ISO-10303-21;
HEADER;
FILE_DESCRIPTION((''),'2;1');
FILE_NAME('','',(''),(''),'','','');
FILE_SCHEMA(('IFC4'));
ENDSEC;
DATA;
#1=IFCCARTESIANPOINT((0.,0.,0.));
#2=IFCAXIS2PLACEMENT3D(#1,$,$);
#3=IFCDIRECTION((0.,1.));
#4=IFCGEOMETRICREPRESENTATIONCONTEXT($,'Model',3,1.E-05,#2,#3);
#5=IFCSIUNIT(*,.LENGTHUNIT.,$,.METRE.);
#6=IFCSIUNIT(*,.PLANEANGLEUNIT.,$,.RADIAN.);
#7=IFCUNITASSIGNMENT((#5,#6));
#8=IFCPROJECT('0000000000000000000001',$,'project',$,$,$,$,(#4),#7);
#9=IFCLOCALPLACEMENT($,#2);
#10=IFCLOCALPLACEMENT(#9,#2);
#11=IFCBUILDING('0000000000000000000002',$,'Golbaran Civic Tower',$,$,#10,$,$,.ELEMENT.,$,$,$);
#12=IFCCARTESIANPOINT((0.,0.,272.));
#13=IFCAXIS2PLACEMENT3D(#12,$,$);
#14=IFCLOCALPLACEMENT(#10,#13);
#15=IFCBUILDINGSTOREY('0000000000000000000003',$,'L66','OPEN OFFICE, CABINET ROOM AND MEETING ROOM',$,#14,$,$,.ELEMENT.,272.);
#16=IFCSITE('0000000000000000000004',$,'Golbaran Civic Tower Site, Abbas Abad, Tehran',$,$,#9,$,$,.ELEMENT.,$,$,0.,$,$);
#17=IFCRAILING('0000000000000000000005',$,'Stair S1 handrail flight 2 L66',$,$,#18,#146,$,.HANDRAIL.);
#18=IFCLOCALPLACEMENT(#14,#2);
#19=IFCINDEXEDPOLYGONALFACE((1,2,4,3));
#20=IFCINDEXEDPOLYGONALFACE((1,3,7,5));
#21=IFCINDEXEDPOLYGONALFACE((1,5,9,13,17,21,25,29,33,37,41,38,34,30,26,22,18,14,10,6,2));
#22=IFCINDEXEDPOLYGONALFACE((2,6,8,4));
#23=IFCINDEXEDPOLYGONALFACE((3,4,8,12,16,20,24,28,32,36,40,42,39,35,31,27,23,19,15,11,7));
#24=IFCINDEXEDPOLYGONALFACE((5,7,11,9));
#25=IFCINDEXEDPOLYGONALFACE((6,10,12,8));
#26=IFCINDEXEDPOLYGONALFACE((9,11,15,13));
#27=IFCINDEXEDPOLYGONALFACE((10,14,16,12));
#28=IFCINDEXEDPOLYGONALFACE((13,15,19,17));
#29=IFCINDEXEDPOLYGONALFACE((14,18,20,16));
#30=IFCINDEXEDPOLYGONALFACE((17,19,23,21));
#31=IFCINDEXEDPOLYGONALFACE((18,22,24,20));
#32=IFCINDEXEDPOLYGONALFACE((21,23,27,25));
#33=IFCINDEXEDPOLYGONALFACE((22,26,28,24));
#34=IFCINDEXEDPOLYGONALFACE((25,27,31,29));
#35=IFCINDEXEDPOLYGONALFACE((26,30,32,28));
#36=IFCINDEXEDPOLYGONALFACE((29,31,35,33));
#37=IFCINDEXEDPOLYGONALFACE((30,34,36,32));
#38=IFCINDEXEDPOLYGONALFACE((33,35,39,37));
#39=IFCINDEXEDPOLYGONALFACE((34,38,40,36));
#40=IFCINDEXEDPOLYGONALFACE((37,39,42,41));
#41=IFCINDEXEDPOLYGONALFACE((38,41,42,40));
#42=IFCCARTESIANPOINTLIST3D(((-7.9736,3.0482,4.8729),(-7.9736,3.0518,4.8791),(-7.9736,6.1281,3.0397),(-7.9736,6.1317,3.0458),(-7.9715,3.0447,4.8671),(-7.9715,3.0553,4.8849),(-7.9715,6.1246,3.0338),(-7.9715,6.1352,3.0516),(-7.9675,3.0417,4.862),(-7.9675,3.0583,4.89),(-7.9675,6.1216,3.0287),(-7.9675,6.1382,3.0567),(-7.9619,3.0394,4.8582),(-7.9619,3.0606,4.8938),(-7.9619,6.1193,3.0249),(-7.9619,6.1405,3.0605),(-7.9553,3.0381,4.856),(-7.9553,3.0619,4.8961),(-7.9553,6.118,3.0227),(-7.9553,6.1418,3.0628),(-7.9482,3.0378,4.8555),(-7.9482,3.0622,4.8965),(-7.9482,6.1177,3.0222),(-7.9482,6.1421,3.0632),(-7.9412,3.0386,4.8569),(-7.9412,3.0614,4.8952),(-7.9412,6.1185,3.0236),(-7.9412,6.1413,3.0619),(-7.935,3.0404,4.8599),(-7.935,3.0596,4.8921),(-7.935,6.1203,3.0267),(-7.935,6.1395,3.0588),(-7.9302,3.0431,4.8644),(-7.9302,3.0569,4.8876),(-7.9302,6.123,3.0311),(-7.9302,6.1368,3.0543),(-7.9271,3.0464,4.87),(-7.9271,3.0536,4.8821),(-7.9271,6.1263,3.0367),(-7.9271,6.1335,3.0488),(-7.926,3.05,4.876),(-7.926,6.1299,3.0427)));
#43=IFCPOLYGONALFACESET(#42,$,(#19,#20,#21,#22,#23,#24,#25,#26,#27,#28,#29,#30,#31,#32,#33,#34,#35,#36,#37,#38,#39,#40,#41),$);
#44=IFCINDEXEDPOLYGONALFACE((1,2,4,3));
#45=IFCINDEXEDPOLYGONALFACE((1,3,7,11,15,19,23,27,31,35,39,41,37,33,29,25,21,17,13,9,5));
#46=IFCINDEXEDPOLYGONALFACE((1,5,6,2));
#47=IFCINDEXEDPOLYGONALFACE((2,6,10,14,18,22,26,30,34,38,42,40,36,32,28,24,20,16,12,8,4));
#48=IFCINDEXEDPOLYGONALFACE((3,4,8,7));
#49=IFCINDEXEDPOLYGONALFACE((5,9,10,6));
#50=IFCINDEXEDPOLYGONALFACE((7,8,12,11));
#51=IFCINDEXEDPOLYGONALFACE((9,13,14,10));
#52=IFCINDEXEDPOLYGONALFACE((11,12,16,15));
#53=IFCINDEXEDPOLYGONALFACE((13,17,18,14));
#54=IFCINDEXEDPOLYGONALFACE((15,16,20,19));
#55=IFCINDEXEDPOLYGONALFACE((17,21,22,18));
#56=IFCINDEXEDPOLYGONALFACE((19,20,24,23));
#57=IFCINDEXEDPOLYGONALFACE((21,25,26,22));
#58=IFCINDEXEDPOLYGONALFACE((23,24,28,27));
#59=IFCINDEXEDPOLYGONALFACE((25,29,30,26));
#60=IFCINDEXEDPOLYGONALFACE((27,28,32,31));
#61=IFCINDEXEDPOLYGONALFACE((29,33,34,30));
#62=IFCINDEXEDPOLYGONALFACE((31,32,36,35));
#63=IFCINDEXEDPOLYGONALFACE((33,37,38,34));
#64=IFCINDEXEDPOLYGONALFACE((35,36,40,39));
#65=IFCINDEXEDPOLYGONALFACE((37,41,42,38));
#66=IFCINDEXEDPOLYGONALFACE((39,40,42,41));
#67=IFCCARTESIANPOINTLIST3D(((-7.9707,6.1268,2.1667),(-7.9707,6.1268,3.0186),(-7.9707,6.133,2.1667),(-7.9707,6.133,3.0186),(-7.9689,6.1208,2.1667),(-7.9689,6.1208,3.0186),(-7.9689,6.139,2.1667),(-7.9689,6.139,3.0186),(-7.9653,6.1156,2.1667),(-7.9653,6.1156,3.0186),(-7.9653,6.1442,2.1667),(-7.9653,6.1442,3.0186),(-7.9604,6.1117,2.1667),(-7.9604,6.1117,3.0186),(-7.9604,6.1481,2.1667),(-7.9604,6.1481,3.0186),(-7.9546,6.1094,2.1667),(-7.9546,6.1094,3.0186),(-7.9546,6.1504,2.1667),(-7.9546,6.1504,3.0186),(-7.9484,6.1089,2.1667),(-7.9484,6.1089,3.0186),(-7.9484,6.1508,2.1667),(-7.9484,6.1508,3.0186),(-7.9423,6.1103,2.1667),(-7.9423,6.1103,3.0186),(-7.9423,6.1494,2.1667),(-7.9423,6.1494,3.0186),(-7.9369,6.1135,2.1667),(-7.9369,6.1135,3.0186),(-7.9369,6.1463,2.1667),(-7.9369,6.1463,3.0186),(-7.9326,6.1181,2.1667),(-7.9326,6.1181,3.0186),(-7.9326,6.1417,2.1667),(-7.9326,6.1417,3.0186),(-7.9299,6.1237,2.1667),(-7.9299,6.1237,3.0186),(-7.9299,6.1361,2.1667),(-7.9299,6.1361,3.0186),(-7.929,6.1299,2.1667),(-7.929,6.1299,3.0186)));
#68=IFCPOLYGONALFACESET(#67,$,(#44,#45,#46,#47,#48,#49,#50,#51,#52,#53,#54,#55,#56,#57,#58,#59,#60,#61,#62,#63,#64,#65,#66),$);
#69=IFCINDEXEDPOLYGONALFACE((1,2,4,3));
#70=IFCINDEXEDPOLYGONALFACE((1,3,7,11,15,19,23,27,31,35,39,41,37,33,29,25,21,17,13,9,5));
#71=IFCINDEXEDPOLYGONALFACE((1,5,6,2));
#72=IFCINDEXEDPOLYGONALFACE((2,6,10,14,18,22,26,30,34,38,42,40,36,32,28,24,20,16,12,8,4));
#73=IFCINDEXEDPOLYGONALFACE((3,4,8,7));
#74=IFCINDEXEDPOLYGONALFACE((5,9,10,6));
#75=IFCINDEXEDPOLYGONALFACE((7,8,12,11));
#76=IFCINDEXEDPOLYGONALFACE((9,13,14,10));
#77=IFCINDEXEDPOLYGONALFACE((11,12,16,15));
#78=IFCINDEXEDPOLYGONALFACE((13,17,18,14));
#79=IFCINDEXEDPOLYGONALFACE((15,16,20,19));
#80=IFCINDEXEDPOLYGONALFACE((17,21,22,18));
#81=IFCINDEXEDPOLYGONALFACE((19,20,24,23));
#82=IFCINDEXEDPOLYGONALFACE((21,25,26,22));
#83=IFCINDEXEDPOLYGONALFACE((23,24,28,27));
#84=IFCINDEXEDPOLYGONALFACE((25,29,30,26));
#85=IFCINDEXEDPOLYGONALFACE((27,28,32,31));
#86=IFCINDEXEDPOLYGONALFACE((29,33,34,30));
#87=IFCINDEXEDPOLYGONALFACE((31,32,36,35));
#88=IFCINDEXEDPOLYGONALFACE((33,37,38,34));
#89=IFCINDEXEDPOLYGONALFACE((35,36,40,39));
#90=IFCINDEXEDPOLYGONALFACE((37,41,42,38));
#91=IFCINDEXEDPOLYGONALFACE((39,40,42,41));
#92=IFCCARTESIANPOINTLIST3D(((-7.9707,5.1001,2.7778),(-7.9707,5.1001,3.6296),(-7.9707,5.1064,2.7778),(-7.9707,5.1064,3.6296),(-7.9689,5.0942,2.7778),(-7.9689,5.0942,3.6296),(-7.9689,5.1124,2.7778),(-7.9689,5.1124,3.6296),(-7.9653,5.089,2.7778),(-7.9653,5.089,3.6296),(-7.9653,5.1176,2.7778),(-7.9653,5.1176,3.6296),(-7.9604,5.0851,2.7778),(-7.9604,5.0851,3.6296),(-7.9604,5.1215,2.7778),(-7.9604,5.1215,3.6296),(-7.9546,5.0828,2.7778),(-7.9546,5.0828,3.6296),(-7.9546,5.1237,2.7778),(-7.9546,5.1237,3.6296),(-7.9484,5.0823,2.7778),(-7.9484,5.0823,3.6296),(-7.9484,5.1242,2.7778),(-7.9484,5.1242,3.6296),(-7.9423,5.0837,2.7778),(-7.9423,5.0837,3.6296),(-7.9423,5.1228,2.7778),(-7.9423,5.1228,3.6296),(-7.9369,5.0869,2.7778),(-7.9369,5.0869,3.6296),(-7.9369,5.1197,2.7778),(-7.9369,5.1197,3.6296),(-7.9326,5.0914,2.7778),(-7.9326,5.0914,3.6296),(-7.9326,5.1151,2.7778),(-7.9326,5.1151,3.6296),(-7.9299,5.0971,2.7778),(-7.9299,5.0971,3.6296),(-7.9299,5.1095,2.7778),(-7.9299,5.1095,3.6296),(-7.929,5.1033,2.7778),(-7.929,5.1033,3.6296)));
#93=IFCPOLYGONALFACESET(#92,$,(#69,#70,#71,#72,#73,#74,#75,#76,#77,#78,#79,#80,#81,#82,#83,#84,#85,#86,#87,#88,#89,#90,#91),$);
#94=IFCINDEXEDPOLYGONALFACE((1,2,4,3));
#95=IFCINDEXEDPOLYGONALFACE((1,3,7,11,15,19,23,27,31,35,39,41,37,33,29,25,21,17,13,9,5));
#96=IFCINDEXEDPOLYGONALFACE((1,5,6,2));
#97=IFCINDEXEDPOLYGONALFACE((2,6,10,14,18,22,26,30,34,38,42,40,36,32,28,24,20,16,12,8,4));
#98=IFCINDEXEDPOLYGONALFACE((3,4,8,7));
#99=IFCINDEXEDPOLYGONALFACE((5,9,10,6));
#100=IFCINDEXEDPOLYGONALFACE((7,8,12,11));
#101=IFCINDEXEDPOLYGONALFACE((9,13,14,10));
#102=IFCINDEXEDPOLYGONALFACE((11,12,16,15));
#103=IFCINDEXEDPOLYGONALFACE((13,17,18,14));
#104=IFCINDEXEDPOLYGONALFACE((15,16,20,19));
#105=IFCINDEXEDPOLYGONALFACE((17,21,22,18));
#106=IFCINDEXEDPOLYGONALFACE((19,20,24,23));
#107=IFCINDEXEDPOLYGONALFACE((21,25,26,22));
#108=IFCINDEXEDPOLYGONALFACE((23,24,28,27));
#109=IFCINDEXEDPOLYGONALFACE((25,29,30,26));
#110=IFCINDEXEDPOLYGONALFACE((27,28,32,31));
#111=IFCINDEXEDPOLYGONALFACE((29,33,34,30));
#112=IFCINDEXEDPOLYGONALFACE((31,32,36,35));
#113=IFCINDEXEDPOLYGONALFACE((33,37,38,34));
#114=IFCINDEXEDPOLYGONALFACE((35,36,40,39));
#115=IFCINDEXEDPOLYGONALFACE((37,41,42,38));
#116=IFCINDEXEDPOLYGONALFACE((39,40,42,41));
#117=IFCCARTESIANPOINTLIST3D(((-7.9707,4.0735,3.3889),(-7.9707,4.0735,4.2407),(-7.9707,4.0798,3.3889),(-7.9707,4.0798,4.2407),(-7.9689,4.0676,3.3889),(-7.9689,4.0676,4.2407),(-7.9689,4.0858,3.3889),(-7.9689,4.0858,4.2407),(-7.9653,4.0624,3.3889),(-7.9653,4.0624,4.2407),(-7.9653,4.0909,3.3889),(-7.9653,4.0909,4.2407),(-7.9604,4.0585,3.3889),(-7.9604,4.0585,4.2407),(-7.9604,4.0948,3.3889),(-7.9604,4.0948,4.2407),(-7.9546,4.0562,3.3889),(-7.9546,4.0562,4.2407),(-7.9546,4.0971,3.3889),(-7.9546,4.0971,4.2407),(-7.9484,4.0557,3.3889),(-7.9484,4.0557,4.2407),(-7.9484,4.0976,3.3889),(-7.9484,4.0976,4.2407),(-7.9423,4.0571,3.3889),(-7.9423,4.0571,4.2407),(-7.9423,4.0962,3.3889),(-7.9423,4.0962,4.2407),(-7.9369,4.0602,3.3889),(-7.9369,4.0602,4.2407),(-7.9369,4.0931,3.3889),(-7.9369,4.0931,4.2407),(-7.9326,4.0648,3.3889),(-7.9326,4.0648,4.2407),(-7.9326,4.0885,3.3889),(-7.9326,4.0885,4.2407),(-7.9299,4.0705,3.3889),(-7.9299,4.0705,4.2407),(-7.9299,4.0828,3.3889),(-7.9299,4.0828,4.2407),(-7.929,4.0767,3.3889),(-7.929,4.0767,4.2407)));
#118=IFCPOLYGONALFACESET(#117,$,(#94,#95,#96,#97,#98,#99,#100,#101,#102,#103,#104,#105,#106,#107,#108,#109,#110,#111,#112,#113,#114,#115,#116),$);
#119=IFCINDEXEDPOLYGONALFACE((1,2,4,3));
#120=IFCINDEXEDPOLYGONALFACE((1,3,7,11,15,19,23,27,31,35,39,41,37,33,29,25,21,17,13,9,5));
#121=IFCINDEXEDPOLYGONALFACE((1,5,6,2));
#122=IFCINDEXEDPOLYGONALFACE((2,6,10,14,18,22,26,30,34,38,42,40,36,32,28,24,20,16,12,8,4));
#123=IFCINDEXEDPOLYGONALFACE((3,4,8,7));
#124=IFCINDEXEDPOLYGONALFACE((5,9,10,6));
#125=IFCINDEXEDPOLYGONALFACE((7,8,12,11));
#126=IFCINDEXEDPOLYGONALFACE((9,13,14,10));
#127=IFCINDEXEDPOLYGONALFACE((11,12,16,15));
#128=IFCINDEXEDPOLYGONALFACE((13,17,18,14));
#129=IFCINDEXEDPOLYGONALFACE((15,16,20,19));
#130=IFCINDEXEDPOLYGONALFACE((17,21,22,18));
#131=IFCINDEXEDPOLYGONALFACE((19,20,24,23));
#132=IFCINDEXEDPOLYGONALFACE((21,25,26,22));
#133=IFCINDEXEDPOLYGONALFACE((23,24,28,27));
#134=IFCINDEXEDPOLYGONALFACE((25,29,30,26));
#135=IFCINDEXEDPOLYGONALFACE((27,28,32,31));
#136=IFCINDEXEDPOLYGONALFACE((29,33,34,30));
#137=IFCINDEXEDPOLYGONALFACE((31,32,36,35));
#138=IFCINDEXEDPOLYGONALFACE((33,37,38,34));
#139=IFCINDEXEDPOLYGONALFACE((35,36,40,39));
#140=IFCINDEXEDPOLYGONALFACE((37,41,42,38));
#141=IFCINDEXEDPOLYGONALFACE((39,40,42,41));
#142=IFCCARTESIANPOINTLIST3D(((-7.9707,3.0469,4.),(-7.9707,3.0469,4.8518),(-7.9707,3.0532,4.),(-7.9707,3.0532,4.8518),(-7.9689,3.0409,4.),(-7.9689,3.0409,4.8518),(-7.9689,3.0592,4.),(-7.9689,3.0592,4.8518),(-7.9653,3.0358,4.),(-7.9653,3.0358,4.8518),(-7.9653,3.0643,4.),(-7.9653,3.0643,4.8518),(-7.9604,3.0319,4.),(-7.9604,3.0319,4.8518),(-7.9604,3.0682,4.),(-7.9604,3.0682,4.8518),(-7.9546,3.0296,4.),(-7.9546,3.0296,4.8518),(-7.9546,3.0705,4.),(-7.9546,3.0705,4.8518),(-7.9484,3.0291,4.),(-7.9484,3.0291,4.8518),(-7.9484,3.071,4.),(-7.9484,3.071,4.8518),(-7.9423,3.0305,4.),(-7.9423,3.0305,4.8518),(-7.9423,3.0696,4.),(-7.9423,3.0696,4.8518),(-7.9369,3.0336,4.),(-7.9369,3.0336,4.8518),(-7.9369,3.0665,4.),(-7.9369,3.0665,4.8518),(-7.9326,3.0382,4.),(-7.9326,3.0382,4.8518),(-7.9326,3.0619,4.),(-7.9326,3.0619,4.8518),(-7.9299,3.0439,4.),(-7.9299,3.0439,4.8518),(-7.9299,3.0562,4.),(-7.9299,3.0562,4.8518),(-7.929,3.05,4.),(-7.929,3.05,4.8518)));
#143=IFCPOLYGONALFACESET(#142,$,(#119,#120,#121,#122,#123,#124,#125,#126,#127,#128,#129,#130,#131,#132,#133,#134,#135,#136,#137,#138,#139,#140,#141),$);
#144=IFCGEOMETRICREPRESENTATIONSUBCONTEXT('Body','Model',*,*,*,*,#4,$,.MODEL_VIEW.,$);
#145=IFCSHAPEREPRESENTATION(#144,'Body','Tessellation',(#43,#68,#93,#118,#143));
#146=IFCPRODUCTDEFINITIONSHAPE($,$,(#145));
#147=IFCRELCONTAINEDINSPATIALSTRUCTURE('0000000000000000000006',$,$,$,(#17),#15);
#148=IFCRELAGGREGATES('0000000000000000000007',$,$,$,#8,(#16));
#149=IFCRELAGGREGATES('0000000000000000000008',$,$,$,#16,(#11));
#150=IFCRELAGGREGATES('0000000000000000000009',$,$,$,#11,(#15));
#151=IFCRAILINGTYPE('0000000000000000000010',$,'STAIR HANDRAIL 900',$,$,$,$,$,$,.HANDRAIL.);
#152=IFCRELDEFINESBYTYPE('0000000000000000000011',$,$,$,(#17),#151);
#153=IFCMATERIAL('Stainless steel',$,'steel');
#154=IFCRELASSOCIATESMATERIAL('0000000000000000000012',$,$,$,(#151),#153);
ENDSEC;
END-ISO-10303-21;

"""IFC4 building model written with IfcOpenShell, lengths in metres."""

from ifc_helpers import new_model, si_unit, direction, frame, origin, origin_2d, place, context, subcontext, project, spatial, circle, extrude, material, type_object, element, save


model = new_model("IFC4")

# Units and contexts
model_context = context("Model", 3, precision=1e-05, world=origin(), true_north=direction((0.0, 1.0)))
body_context = subcontext(model_context, "Body", "Model", "MODEL_VIEW")
ifc_project = project(units=[si_unit("LENGTHUNIT", "METRE"), si_unit("PLANEANGLEUNIT", "RADIAN")], contexts=[model_context])

# Site, building, storey
site_placement = place(None, origin())
site = spatial("IfcSite", under=ifc_project, at=site_placement, Name="Golbaran Civic Tower Site, Abbas Abad, Tehran", CompositionType="ELEMENT", RefElevation=0.0)
building_placement = place(site_placement, origin())
building = spatial("IfcBuilding", under=site, at=building_placement, Name="Golbaran Civic Tower", CompositionType="ELEMENT")
storey_placement = place(building_placement, frame((0.0, 0.0, 272.0)))
storey = spatial("IfcBuildingStorey", under=building, at=storey_placement, Name="L66", Description="OPEN OFFICE, CABINET ROOM AND MEETING ROOM", CompositionType="ELEMENT", Elevation=272.0)

# Shared definitions
ifc_material_1 = material(Name="Stainless steel", Category="steel")

# Railing
railing_type = type_object("IfcRailingType", Name="STAIR HANDRAIL 900", PredefinedType="HANDRAIL", material=ifc_material_1)
railing_1_placement = place(storey_placement, frame((-7.95, 6.1299, 2.1667)))
element("IfcRailing", 1, at=railing_1_placement, inside=storey, type_object=railing_type, Name="Stair S1 handrail flight 2 L66", PredefinedType="HANDRAIL", context=body_context, shape_type="SweptSolid", body=[
    extrude(circle(Radius=0.0239, at=origin_2d()), frame((0.0, 0.0, 0.876), z_axis=(0.0, -0.859291, 0.511487), x_axis=(1.0, 0.0, 0.0)), (0.0, 0.0, 1.0), 3.5842),
    extrude(circle(Radius=0.021, at=origin_2d()), origin(), (0.0, 0.0, 1.0), 0.8518),
    extrude(circle(Radius=0.021, at=origin_2d()), frame((0.0, -1.0266, 0.6111)), (0.0, 0.0, 1.0), 0.8518),
    extrude(circle(Radius=0.021, at=origin_2d()), frame((0.0, -2.0532, 1.2222)), (0.0, 0.0, 1.0), 0.8518),
    extrude(circle(Radius=0.021, at=origin_2d()), frame((0.0, -3.0798, 1.8333)), (0.0, 0.0, 1.0), 0.8518),
])

save(model, "model.ifc")
